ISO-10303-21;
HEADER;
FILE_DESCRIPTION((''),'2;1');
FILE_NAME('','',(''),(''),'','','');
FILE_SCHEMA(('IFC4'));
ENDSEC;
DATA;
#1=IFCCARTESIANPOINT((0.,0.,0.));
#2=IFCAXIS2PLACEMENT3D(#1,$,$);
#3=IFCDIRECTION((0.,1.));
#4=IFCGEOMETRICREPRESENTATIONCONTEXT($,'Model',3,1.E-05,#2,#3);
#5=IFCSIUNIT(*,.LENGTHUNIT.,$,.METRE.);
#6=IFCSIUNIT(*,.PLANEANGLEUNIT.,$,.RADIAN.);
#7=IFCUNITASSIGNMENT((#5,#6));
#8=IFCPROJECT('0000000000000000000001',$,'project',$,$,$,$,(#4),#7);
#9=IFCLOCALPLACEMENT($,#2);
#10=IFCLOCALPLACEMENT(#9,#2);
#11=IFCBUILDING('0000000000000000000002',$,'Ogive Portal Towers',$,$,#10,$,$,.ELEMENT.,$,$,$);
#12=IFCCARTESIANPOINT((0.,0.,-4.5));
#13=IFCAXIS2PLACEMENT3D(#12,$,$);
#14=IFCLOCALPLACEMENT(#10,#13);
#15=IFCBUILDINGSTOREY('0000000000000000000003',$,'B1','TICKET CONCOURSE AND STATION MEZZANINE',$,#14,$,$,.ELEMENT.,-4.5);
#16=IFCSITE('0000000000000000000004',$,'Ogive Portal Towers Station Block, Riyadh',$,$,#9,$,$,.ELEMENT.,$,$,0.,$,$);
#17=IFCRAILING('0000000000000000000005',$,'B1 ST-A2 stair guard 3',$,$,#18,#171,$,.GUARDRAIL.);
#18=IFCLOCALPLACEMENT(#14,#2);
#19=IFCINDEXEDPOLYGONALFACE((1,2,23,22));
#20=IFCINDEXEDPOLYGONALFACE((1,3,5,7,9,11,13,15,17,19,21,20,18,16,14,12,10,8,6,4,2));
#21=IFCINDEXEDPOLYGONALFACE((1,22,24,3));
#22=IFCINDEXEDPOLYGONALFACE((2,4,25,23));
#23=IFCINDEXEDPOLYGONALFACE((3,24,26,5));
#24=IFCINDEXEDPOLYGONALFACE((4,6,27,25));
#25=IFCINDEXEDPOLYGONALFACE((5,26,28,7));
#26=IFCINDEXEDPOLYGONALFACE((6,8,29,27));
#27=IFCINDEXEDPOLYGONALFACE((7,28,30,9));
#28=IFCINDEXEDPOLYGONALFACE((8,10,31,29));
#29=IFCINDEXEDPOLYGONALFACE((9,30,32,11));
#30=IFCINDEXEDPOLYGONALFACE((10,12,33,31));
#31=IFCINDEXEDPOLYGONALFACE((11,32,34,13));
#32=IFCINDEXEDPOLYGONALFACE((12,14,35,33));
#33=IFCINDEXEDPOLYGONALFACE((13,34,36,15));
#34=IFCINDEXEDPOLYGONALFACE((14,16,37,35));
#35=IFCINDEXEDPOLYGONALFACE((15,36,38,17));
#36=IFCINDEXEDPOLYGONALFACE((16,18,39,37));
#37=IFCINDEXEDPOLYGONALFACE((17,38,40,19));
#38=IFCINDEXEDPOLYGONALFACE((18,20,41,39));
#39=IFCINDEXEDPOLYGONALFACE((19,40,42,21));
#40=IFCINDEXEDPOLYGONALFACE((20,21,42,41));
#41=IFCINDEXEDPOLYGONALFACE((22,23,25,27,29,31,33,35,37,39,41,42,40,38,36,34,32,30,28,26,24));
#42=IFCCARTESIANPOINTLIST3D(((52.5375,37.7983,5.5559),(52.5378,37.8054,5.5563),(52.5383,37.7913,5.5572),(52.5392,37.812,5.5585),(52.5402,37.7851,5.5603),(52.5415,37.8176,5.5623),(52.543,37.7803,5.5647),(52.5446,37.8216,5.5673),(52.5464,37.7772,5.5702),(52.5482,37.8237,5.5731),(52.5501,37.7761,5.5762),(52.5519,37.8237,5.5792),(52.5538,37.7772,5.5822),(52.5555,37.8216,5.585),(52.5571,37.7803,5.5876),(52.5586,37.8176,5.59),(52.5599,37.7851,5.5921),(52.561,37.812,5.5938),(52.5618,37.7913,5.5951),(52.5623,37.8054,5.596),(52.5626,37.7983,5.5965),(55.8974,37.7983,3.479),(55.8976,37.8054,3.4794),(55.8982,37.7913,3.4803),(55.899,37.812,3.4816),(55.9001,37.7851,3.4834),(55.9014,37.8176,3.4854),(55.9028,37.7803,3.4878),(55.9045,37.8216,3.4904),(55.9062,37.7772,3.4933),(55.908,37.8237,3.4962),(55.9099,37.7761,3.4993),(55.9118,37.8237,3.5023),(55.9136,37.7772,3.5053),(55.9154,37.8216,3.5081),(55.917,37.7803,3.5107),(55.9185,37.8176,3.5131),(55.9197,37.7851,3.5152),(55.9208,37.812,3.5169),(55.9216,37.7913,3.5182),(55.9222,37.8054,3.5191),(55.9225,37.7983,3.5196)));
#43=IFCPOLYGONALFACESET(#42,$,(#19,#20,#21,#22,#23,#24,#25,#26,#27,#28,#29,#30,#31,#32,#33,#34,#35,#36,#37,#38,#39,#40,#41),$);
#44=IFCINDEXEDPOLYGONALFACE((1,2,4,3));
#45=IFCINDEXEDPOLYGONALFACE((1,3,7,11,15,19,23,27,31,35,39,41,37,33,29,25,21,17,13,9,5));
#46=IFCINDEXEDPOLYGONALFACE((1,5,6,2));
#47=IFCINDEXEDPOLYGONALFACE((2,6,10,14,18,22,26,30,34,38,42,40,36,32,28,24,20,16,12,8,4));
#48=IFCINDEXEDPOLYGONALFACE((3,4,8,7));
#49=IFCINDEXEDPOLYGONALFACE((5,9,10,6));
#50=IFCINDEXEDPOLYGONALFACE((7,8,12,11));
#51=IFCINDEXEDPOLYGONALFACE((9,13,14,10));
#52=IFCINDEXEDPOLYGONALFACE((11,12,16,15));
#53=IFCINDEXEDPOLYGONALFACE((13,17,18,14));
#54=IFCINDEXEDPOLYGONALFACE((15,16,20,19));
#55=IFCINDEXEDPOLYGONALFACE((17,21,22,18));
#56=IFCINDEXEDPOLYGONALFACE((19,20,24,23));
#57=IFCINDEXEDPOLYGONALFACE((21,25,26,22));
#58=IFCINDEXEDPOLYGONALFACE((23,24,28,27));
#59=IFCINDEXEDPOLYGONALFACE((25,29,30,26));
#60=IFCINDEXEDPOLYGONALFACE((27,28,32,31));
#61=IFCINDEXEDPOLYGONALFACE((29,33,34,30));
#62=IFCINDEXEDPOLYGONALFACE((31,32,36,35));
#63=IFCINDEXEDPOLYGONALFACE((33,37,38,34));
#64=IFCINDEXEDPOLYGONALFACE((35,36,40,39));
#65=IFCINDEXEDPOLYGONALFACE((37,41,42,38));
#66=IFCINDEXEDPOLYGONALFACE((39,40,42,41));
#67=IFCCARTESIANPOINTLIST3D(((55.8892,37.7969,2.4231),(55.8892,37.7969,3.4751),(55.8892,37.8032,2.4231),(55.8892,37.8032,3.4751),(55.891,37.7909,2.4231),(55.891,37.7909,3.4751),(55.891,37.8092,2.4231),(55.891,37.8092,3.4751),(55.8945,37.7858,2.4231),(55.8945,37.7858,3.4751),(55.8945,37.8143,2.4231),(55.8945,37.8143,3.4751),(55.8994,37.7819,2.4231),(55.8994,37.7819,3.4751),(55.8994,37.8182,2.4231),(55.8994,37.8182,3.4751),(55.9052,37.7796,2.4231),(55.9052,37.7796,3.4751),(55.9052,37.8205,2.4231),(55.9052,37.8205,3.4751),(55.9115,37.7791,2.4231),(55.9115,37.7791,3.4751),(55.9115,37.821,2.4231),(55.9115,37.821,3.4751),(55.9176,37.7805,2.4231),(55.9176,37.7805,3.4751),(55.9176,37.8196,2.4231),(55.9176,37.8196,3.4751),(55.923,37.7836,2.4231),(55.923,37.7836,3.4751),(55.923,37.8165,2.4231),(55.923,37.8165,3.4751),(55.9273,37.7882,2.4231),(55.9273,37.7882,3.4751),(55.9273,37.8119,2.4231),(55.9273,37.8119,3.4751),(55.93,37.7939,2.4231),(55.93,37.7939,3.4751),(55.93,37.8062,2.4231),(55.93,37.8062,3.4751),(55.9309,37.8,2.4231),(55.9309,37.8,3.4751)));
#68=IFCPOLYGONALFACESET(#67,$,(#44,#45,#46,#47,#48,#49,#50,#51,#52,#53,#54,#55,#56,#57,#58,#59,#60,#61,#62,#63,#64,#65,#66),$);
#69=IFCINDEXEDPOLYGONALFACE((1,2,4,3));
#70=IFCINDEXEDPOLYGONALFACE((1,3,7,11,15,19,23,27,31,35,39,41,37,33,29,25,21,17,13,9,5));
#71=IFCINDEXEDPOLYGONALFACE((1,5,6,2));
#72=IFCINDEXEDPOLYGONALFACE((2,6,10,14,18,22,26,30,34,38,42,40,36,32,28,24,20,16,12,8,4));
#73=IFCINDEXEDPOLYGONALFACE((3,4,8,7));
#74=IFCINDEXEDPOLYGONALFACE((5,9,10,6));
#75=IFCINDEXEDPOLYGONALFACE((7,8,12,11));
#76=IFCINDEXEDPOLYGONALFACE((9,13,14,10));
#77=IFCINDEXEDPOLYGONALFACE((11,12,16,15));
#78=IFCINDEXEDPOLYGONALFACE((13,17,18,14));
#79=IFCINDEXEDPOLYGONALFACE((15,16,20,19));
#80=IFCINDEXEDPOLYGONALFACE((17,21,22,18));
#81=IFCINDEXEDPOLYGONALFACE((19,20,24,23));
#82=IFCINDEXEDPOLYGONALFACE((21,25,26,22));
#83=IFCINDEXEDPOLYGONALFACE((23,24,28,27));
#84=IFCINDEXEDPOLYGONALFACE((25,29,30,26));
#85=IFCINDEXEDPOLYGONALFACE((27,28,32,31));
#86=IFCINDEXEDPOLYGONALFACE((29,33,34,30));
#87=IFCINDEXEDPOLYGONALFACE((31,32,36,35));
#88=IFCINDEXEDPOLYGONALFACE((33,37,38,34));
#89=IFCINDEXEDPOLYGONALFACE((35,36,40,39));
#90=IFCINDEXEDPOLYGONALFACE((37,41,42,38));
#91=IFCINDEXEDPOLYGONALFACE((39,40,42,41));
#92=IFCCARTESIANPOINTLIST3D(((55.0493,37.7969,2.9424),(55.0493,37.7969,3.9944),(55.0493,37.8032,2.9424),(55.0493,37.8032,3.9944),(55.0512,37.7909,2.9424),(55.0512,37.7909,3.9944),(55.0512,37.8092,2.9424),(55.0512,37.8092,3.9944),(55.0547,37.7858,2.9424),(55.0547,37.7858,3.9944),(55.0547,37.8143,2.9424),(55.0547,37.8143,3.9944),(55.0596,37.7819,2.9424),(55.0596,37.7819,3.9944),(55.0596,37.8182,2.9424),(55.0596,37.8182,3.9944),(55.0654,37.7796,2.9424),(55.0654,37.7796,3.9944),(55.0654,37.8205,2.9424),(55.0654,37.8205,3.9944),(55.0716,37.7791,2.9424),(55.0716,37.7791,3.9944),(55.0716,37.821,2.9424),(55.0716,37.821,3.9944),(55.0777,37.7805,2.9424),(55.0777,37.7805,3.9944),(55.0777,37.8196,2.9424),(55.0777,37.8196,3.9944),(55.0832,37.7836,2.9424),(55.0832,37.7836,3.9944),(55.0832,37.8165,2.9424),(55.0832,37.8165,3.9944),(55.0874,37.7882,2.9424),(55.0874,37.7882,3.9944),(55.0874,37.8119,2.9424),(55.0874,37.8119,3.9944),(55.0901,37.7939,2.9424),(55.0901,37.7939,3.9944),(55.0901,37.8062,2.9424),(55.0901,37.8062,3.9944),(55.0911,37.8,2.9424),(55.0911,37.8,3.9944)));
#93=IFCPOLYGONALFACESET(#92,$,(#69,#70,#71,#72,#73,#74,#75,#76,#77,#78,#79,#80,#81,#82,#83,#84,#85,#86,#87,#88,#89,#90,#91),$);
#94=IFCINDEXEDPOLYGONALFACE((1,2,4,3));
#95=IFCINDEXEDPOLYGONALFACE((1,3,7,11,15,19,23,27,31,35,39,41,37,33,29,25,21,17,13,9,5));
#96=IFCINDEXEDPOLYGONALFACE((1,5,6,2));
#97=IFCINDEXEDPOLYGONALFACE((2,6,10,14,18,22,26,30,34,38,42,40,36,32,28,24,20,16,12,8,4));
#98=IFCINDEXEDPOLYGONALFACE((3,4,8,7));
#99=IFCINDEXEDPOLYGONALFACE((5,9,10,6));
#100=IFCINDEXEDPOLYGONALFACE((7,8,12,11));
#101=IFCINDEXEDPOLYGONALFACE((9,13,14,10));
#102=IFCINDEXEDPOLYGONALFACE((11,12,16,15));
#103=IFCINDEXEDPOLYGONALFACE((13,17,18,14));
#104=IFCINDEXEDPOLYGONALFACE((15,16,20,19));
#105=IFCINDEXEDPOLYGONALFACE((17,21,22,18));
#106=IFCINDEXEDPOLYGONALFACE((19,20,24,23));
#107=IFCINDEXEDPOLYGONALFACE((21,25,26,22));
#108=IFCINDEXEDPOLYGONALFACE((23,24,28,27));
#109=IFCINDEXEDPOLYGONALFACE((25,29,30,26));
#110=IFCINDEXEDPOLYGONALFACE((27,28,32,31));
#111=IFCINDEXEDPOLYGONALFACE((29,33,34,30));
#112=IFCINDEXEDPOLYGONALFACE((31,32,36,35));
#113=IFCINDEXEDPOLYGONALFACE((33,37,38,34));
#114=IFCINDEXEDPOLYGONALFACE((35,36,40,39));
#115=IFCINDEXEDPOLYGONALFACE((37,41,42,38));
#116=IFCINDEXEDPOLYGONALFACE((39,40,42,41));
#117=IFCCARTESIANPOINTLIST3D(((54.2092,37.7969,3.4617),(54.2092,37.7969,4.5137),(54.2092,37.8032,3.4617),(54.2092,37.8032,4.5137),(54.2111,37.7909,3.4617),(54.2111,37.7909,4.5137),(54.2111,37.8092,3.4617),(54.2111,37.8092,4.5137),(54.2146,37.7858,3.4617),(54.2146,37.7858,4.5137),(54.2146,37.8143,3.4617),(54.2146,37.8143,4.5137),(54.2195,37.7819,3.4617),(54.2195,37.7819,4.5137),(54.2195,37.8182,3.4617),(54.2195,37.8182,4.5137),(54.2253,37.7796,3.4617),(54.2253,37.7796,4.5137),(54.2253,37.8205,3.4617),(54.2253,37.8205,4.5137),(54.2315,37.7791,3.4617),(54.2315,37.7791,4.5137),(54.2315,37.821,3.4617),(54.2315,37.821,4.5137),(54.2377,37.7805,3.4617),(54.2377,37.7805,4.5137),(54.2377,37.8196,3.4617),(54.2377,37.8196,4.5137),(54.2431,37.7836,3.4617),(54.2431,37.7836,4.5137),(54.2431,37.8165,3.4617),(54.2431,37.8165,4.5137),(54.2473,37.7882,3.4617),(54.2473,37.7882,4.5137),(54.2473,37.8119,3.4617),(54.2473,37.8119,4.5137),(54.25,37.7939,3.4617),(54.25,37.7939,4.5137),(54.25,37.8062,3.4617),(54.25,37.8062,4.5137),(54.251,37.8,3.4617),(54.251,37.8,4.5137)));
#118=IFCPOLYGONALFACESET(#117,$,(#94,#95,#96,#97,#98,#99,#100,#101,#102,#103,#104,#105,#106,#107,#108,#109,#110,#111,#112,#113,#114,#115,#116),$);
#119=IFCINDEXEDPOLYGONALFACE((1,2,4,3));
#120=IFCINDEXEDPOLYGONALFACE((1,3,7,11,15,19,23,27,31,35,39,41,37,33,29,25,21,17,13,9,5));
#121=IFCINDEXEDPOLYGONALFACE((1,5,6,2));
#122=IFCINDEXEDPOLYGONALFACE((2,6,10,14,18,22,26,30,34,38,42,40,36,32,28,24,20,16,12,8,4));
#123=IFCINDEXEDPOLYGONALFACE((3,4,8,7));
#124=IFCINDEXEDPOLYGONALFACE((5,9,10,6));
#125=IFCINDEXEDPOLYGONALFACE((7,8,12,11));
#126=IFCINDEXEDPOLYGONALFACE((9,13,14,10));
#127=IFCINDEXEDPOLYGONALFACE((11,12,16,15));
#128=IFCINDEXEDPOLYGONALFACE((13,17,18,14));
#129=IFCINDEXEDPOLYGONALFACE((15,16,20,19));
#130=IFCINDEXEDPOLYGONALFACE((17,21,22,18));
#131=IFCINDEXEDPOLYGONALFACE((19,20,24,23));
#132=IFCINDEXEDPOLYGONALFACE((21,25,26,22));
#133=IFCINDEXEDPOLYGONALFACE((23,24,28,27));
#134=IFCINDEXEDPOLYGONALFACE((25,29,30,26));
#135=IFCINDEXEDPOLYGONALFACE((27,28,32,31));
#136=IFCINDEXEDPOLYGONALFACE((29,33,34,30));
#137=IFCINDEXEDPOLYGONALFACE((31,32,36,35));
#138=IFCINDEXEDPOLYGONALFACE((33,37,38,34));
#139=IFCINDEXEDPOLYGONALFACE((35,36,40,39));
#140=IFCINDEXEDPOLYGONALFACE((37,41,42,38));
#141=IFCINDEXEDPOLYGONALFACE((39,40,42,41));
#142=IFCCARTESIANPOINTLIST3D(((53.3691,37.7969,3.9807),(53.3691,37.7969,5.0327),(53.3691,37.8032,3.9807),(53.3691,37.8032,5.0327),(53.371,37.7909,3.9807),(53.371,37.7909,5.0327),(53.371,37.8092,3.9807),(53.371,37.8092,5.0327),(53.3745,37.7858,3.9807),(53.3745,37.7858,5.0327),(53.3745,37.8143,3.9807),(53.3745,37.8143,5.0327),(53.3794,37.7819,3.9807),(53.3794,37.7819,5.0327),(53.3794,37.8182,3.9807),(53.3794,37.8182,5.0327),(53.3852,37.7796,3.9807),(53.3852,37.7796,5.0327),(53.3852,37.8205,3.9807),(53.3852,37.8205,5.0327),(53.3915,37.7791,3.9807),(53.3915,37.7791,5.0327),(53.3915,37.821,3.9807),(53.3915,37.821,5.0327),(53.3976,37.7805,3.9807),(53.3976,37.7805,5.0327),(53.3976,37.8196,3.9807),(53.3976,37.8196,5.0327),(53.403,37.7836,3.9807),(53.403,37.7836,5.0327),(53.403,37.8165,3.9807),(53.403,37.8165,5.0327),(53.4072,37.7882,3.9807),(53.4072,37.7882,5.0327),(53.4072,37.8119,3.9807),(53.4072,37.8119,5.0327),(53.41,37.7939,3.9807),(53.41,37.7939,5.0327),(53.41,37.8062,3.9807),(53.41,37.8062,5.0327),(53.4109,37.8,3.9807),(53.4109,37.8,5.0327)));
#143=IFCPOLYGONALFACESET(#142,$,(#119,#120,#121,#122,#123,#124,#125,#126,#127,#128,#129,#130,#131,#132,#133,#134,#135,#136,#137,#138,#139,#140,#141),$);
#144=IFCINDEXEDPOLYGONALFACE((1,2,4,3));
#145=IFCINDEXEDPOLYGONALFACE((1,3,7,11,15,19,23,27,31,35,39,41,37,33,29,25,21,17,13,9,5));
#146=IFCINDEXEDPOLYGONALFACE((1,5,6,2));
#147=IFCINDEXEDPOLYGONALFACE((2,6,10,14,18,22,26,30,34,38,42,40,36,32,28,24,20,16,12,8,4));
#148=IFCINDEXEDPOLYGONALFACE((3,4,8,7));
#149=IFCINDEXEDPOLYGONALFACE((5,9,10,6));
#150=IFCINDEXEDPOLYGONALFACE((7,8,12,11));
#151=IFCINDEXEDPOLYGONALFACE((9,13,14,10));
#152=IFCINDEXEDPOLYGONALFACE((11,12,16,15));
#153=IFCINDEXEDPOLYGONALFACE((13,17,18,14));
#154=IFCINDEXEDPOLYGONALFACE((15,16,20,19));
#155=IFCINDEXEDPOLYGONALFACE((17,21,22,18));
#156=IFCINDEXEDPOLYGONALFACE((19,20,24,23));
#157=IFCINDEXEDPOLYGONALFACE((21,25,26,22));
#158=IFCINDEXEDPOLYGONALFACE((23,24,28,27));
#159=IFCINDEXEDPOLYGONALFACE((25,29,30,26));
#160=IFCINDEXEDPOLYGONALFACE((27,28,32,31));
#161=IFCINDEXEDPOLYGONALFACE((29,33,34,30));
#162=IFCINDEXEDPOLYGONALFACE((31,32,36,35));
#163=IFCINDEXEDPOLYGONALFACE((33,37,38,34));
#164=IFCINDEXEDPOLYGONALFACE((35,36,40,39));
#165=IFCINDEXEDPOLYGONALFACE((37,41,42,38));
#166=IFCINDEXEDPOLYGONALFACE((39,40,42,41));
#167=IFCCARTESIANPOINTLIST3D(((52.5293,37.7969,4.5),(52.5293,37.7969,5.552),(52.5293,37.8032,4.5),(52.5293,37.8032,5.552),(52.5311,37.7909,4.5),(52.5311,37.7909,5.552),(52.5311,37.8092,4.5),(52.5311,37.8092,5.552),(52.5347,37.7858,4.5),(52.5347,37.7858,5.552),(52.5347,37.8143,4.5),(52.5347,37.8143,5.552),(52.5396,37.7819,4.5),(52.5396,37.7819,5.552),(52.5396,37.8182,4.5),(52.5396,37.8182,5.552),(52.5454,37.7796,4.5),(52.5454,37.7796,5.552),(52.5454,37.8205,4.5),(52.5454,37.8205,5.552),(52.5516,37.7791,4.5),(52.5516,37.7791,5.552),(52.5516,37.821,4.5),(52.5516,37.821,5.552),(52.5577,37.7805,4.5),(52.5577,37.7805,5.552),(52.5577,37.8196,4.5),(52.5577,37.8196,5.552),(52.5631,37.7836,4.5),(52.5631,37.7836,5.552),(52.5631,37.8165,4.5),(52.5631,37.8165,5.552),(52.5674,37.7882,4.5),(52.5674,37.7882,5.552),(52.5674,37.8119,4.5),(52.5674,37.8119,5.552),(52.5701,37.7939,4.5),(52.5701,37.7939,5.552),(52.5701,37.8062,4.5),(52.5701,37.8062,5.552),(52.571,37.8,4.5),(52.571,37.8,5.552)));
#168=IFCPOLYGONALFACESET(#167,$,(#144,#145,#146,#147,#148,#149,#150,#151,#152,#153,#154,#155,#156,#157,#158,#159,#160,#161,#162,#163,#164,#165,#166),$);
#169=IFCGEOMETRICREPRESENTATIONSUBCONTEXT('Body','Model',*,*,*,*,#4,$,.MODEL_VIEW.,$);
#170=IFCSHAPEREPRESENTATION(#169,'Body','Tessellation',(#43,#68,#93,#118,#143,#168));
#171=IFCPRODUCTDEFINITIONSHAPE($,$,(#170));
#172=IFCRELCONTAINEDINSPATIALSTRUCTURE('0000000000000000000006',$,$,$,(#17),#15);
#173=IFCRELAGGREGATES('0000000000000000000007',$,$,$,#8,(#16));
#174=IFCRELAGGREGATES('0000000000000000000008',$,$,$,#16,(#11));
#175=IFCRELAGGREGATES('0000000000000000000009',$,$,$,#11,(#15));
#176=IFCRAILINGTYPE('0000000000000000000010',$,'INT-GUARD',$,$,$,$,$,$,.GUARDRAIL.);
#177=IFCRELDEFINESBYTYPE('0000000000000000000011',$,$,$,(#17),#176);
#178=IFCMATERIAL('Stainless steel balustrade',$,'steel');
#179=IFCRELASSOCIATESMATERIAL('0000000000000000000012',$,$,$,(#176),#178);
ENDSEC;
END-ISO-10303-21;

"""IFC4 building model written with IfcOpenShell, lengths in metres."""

from ifc_helpers import new_model, si_unit, direction, frame, origin, origin_2d, place, context, subcontext, project, spatial, circle, extrude, material, type_object, element, save


model = new_model("IFC4")

# Units and contexts
model_context = context("Model", 3, precision=1e-05, world=origin(), true_north=direction((0.0, 1.0)))
body_context = subcontext(model_context, "Body", "Model", "MODEL_VIEW")
ifc_project = project(units=[si_unit("LENGTHUNIT", "METRE"), si_unit("PLANEANGLEUNIT", "RADIAN")], contexts=[model_context])

# Site, building, storey
site_placement = place(None, origin())
site = spatial("IfcSite", under=ifc_project, at=site_placement, Name="Ogive Portal Towers Station Block, Riyadh", CompositionType="ELEMENT", RefElevation=0.0)
building_placement = place(site_placement, origin())
building = spatial("IfcBuilding", under=site, at=building_placement, Name="Ogive Portal Towers", CompositionType="ELEMENT")
storey_placement = place(building_placement, frame((0.0, 0.0, -4.5)))
storey = spatial("IfcBuildingStorey", under=building, at=storey_placement, Name="B1", Description="TICKET CONCOURSE AND STATION MEZZANINE", CompositionType="ELEMENT", Elevation=-4.5)

# Railing
ifc_material_1 = material(Name="Stainless steel balustrade", Category="steel")
railing_type_1 = type_object("IfcRailingType", Name="INT-GUARD", PredefinedType="GUARDRAIL", material=ifc_material_1)
railing_1_placement = place(storey_placement, frame((55.9099, 37.8, 2.4231)))
element("IfcRailing", 1, at=railing_1_placement, inside=storey, type_object=railing_type_1, Name="B1 ST-A2 stair guard 3", PredefinedType="GUARDRAIL", context=body_context, shape_type="SweptSolid", body=[
    extrude(circle(Radius=0.0239, at=origin_2d()), frame((0.0, 0.0, 1.0762), z_axis=(-0.850606, 0.0, 0.525803), x_axis=(0.0, -1.0, 0.0)), (0.0, 0.0, 1.0), 3.95),
    extrude(circle(Radius=0.021, at=origin_2d()), origin(), (0.0, 0.0, 1.0), 1.052),
    extrude(circle(Radius=0.021, at=origin_2d()), frame((-0.8398, 0.0, 0.5193)), (0.0, 0.0, 1.0), 1.052),
    extrude(circle(Radius=0.021, at=origin_2d()), frame((-1.6799, 0.0, 1.0386)), (0.0, 0.0, 1.0), 1.052),
    extrude(circle(Radius=0.021, at=origin_2d()), frame((-2.52, 0.0, 1.5576)), (0.0, 0.0, 1.0), 1.052),
    extrude(circle(Radius=0.021, at=origin_2d()), frame((-3.3599, 0.0, 2.0769)), (0.0, 0.0, 1.0), 1.052),
])

save(model, "model.ifc")
